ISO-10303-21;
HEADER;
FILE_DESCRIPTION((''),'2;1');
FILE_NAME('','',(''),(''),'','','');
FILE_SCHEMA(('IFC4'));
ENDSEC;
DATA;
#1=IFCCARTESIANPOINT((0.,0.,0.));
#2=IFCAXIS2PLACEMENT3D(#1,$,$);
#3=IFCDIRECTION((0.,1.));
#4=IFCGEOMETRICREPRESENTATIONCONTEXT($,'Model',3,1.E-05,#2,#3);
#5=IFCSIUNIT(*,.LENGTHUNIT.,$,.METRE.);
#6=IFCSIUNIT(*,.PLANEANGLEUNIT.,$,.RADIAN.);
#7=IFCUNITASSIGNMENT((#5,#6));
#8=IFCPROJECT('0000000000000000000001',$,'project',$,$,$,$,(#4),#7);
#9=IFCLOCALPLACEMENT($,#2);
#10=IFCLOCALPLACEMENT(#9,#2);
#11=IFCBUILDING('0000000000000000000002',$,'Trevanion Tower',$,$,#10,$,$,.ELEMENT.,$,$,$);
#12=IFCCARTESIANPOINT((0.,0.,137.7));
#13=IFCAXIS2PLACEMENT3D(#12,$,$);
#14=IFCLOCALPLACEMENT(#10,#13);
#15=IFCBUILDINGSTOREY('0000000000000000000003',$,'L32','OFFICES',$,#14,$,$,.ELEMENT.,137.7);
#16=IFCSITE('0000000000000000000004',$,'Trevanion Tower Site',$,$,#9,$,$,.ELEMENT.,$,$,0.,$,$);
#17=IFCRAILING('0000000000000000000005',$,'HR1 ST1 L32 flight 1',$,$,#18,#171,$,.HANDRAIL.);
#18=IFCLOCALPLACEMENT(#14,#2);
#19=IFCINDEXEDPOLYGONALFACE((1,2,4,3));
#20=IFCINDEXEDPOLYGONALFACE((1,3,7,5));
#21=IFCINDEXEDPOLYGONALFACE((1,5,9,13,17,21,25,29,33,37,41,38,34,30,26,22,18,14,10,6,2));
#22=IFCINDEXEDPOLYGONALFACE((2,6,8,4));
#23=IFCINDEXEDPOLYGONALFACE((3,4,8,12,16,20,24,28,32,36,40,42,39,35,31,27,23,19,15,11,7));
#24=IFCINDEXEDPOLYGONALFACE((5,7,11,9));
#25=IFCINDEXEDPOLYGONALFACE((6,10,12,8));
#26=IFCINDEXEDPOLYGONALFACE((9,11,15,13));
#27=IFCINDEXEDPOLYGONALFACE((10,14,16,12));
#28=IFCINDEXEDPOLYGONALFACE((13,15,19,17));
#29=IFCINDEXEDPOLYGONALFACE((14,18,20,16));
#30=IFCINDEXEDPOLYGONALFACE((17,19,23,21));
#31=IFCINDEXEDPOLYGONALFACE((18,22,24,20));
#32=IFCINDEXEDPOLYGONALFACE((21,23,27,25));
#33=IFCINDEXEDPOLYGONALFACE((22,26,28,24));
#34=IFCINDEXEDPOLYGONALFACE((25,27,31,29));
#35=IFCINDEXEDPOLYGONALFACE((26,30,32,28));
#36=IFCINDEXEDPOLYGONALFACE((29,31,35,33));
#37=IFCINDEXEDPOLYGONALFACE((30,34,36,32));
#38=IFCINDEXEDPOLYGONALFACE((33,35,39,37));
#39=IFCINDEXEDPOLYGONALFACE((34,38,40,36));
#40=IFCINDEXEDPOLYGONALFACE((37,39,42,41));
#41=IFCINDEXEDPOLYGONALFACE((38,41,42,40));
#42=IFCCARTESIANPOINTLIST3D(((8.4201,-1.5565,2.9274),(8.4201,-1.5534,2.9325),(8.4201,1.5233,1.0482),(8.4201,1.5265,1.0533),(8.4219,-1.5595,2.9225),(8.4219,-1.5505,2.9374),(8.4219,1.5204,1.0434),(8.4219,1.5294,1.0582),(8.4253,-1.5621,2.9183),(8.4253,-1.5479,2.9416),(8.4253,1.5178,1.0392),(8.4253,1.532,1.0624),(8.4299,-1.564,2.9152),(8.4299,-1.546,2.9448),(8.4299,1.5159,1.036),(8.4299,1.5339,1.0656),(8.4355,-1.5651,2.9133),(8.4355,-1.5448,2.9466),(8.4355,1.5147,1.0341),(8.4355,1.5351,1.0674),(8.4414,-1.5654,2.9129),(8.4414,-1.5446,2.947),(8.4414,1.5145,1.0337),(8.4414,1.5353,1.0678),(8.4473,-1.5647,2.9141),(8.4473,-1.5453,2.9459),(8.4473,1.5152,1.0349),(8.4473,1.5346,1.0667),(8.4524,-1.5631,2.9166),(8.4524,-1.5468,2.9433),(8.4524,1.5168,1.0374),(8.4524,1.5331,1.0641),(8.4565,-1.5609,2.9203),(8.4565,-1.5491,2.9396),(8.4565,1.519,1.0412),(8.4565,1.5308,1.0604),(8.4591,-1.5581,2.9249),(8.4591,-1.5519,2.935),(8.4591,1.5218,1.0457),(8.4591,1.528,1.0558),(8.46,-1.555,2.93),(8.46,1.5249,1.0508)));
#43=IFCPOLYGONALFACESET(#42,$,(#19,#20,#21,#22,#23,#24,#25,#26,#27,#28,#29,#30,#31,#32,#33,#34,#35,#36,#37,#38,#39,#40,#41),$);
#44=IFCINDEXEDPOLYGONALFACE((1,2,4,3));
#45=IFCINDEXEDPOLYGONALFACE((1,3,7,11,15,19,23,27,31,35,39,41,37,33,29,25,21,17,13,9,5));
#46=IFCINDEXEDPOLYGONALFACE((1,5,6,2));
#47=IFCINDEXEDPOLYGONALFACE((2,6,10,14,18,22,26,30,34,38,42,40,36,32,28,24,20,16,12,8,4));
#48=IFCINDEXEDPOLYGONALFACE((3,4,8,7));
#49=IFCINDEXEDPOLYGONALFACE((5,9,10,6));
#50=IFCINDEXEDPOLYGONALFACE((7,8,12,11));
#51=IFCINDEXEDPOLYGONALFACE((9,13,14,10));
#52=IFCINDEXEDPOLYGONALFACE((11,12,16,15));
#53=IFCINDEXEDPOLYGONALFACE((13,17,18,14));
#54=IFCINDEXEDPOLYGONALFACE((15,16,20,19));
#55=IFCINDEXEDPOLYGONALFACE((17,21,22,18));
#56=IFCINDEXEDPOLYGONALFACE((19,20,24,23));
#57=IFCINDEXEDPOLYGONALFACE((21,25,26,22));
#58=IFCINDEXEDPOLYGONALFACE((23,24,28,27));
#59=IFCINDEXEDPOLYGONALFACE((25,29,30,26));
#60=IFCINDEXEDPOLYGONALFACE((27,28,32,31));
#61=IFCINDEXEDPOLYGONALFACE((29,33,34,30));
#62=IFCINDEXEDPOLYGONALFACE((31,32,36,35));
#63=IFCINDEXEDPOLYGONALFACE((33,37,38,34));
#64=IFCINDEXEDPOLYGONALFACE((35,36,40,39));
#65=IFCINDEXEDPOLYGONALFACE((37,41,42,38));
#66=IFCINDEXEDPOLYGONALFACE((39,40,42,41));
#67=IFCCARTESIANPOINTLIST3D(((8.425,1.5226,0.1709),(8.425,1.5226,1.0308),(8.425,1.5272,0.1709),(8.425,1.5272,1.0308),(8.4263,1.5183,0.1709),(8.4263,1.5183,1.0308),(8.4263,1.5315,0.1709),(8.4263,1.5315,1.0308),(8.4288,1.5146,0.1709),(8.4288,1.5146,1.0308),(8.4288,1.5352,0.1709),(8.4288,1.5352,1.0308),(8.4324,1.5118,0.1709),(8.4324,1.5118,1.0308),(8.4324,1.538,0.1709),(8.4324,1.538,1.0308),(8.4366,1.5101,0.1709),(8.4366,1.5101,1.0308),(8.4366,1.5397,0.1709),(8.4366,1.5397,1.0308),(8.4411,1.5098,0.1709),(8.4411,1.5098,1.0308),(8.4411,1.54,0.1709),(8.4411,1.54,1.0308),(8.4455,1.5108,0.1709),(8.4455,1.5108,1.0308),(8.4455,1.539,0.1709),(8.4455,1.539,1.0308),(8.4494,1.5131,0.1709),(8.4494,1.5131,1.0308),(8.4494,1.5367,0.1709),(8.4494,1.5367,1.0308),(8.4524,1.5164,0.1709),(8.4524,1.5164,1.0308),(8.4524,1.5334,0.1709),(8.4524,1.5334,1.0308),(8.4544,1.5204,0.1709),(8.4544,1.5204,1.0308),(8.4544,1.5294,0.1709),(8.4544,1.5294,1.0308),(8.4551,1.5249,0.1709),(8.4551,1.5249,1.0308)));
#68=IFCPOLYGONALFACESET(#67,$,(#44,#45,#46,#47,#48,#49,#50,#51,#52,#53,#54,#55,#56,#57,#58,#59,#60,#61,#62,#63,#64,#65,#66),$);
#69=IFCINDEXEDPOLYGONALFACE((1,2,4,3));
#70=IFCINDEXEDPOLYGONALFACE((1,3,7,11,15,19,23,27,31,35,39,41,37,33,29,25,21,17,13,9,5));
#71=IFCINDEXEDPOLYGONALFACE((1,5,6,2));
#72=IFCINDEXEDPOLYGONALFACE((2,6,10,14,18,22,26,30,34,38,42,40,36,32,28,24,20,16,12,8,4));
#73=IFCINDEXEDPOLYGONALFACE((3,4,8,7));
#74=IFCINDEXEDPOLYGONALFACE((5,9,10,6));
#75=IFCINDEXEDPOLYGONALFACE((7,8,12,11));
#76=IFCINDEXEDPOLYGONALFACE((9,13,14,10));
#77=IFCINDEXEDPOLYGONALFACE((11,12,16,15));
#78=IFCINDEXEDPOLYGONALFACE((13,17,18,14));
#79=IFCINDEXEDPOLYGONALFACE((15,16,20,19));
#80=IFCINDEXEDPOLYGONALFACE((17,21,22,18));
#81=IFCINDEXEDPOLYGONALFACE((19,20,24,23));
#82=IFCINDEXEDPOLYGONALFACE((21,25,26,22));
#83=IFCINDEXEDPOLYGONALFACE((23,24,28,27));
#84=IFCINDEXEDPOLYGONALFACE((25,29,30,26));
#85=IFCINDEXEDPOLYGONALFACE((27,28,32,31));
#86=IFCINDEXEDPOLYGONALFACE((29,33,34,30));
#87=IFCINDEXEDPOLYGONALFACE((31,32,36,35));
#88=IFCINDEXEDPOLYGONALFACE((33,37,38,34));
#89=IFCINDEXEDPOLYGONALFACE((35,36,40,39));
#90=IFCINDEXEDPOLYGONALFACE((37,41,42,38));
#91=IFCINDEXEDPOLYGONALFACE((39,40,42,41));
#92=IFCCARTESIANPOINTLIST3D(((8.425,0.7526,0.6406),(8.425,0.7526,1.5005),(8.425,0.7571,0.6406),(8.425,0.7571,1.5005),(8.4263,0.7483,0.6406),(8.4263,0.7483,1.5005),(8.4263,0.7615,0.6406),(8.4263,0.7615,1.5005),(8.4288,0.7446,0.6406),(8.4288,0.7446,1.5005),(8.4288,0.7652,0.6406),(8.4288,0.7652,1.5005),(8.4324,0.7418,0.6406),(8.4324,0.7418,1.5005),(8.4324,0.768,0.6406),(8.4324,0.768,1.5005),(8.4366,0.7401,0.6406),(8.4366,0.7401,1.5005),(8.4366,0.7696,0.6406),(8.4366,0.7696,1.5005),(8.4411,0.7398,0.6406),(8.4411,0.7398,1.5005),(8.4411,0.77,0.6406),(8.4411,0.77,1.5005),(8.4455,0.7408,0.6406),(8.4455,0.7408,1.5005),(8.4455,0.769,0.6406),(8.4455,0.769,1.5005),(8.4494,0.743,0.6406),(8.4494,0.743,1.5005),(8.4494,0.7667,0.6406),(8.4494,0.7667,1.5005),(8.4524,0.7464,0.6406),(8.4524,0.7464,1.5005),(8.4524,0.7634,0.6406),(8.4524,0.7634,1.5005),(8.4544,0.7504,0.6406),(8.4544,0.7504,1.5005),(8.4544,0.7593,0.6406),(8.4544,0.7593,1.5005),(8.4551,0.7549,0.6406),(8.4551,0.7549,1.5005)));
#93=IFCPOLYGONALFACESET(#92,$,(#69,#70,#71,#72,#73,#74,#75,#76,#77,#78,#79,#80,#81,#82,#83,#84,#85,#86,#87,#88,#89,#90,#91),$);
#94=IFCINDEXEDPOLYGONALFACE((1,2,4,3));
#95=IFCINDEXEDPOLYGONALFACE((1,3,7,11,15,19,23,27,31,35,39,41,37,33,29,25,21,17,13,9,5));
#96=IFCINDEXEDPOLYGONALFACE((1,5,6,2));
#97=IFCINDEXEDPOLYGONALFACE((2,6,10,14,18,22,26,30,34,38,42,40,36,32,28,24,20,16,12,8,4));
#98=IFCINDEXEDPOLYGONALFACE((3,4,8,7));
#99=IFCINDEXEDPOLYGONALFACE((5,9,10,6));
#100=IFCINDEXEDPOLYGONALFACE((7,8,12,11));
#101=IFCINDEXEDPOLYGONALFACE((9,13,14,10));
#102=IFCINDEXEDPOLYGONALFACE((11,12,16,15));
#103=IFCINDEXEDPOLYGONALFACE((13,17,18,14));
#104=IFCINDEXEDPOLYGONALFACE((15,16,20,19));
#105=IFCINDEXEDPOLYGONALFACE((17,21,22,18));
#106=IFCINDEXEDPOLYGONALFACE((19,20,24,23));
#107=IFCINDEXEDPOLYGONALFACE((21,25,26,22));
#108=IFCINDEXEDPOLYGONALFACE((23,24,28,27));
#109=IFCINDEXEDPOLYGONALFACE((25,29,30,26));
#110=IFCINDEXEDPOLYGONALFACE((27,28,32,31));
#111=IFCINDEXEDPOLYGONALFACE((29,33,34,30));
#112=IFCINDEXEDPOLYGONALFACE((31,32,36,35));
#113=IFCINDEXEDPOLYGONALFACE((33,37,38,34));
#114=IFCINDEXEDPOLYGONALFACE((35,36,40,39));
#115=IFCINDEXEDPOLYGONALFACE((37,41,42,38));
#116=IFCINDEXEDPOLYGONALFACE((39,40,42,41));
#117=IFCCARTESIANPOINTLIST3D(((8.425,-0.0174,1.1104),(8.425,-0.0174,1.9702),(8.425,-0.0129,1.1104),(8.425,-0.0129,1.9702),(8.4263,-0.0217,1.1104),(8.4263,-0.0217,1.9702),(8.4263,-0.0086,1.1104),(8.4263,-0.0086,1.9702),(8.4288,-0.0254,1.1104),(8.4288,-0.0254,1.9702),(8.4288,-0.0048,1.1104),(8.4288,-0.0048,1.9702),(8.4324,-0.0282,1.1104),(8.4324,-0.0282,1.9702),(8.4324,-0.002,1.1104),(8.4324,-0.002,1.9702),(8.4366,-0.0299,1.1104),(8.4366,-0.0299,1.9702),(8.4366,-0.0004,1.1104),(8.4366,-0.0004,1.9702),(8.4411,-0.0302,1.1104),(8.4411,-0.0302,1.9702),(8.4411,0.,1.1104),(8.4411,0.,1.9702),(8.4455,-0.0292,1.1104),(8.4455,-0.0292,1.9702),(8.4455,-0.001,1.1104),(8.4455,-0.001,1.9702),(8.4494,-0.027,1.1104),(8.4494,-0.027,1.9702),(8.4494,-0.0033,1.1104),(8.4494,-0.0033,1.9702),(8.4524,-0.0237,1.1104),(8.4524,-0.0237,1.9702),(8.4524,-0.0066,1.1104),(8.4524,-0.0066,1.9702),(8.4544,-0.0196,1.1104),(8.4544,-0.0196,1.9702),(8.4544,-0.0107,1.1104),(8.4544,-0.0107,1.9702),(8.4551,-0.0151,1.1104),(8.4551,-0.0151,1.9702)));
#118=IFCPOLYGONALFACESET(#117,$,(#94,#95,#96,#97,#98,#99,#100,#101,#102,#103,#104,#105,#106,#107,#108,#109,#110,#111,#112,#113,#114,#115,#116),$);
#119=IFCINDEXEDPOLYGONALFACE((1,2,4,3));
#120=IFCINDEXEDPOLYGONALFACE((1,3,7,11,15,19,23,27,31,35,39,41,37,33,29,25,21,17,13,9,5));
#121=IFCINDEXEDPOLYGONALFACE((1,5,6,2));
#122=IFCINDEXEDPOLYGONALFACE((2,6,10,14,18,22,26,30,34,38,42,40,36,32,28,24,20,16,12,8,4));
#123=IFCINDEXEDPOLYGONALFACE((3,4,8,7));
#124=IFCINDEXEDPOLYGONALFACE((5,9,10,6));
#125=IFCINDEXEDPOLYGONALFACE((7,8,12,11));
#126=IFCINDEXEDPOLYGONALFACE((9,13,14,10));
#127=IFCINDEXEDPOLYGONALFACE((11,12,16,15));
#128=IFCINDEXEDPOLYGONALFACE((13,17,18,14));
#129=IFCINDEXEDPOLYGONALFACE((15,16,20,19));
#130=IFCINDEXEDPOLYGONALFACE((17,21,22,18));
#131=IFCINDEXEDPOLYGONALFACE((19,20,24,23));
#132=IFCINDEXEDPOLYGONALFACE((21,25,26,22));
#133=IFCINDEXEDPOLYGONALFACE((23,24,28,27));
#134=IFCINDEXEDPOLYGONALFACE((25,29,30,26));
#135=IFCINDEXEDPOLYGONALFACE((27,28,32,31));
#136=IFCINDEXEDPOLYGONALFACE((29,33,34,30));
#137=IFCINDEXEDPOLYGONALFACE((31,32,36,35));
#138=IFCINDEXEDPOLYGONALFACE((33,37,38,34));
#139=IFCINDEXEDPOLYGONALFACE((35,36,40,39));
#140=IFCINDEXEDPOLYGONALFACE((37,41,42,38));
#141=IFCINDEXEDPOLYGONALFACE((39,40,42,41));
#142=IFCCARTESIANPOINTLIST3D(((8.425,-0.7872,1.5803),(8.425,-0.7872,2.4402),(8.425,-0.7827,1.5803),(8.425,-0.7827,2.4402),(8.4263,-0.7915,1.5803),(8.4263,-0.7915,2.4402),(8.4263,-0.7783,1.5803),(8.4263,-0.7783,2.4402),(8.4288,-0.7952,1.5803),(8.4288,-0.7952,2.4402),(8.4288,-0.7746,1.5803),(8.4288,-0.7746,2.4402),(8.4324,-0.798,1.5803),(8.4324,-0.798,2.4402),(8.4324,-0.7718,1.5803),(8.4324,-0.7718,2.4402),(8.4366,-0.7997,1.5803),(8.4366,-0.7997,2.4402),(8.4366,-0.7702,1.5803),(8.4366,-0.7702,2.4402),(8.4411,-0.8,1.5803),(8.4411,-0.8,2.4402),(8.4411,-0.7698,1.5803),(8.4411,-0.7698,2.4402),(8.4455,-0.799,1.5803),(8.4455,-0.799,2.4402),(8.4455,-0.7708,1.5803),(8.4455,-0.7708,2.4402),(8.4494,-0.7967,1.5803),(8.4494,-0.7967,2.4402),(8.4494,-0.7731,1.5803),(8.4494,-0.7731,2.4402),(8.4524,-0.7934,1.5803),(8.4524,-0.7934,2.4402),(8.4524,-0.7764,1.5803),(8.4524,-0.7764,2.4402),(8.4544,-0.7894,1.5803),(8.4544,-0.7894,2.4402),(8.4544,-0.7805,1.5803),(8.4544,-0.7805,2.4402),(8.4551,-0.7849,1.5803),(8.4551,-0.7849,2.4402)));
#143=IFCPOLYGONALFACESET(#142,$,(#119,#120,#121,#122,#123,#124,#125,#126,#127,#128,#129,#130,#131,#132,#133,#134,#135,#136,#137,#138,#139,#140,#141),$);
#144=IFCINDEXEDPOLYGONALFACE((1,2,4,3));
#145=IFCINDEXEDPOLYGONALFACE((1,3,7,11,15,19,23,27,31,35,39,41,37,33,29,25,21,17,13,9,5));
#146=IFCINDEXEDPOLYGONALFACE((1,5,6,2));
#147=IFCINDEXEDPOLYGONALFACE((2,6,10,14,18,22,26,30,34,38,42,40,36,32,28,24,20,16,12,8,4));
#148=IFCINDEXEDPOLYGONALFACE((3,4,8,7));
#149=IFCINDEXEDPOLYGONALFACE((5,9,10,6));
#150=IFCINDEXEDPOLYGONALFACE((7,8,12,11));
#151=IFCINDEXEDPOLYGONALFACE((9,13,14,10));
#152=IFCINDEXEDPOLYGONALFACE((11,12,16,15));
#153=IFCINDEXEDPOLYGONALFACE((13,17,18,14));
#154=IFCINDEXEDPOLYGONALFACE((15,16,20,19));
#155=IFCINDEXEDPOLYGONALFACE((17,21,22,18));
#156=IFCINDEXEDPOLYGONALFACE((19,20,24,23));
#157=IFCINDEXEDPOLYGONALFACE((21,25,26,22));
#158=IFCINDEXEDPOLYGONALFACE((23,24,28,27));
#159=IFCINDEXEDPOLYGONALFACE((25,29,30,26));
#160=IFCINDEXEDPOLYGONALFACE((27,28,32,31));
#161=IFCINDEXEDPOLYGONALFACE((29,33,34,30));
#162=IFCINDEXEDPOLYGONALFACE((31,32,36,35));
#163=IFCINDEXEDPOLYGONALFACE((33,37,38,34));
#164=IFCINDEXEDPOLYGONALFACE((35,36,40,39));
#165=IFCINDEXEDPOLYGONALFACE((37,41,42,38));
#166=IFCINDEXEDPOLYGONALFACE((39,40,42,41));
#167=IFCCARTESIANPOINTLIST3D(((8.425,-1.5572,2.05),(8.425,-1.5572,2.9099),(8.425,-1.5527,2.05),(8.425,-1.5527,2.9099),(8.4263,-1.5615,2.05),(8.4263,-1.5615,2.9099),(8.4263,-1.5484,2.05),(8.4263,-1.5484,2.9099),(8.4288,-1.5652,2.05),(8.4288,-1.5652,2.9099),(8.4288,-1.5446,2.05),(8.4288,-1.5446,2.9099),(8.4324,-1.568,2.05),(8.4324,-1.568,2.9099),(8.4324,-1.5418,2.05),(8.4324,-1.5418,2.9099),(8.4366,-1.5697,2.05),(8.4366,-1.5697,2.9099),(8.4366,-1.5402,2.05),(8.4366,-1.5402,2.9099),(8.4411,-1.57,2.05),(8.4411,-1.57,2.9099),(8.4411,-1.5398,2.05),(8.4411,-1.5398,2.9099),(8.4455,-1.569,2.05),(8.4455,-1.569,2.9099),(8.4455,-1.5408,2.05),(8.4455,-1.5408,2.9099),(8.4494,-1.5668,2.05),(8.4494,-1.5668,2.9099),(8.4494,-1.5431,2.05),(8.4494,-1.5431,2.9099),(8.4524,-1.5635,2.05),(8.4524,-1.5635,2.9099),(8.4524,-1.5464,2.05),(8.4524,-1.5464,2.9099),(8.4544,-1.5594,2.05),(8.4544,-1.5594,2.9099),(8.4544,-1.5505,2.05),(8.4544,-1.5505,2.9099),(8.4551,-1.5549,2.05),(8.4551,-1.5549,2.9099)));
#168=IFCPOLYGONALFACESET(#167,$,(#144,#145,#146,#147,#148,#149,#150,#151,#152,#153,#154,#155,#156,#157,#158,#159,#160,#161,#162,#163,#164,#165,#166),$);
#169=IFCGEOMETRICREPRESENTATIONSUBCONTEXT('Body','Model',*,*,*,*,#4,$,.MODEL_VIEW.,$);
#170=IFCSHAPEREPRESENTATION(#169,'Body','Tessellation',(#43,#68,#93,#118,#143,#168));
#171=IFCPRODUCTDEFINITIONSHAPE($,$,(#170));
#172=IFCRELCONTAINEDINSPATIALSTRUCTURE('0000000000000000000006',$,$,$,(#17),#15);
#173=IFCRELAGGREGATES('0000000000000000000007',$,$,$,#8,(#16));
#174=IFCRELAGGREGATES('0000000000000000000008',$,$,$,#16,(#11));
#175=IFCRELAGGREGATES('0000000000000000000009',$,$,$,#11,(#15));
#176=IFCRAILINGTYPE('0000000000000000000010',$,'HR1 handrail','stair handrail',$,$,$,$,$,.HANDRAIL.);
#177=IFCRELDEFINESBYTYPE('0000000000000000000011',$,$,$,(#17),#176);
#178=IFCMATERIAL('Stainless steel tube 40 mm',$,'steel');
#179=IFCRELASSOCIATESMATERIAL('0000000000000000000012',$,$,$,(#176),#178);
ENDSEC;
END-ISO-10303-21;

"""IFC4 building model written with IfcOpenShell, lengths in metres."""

from ifc_helpers import new_model, si_unit, direction, frame, origin, origin_2d, place, context, subcontext, project, spatial, circle, extrude, material, type_object, element, save


model = new_model("IFC4")

# Units and contexts
model_context = context("Model", 3, precision=1e-05, world=origin(), true_north=direction((0.0, 1.0)))
body_context = subcontext(model_context, "Body", "Model", "MODEL_VIEW")
ifc_project = project(units=[si_unit("LENGTHUNIT", "METRE"), si_unit("PLANEANGLEUNIT", "RADIAN")], contexts=[model_context])

# Site, building, storey
site_placement = place(None, origin())
site = spatial("IfcSite", under=ifc_project, at=site_placement, Name="Trevanion Tower Site", CompositionType="ELEMENT", RefElevation=0.0)
building_placement = place(site_placement, origin())
building = spatial("IfcBuilding", under=site, at=building_placement, Name="Trevanion Tower", CompositionType="ELEMENT")
storey_placement = place(building_placement, frame((0.0, 0.0, 137.7)))
storey = spatial("IfcBuildingStorey", under=building, at=storey_placement, Name="L32", Description="OFFICES", CompositionType="ELEMENT", Elevation=137.7)

# Railing
ifc_material_1 = material(Name="Stainless steel tube 40 mm", Category="steel")
railing_type = type_object("IfcRailingType", Name="HR1 handrail", Description="stair handrail", PredefinedType="HANDRAIL", material=ifc_material_1)
for number, where, name in (
    (1, (8.4399, 1.5249, 0.1709), "HR1 ST1 L32 flight 1"),
):
    element("IfcRailing", number, at=place(storey_placement, frame(where)), inside=storey, type_object=railing_type, Name=name, PredefinedType="HANDRAIL", context=body_context, shape_type="SweptSolid", body=[
        extrude(circle(Radius=0.02, at=origin_2d()), frame((0.0, 0.0, 0.8799), z_axis=(0.0, -0.853648, 0.52085), x_axis=(1.0, 0.0, 0.0)), (0.0, 0.0, 1.0), 3.6079),
        extrude(circle(Radius=0.0151, at=origin_2d()), origin(), (0.0, 0.0, 1.0), 0.8599),
        extrude(circle(Radius=0.0151, at=origin_2d()), frame((0.0, -0.77, 0.4697)), (0.0, 0.0, 1.0), 0.8599),
        extrude(circle(Radius=0.0151, at=origin_2d()), frame((0.0, -1.54, 0.9395)), (0.0, 0.0, 1.0), 0.8599),
        extrude(circle(Radius=0.0151, at=origin_2d()), frame((0.0, -2.3098, 1.4094)), (0.0, 0.0, 1.0), 0.8599),
        extrude(circle(Radius=0.0151, at=origin_2d()), frame((0.0, -3.0798, 1.8792)), (0.0, 0.0, 1.0), 0.8599),
    ])

save(model, "model.ifc")
